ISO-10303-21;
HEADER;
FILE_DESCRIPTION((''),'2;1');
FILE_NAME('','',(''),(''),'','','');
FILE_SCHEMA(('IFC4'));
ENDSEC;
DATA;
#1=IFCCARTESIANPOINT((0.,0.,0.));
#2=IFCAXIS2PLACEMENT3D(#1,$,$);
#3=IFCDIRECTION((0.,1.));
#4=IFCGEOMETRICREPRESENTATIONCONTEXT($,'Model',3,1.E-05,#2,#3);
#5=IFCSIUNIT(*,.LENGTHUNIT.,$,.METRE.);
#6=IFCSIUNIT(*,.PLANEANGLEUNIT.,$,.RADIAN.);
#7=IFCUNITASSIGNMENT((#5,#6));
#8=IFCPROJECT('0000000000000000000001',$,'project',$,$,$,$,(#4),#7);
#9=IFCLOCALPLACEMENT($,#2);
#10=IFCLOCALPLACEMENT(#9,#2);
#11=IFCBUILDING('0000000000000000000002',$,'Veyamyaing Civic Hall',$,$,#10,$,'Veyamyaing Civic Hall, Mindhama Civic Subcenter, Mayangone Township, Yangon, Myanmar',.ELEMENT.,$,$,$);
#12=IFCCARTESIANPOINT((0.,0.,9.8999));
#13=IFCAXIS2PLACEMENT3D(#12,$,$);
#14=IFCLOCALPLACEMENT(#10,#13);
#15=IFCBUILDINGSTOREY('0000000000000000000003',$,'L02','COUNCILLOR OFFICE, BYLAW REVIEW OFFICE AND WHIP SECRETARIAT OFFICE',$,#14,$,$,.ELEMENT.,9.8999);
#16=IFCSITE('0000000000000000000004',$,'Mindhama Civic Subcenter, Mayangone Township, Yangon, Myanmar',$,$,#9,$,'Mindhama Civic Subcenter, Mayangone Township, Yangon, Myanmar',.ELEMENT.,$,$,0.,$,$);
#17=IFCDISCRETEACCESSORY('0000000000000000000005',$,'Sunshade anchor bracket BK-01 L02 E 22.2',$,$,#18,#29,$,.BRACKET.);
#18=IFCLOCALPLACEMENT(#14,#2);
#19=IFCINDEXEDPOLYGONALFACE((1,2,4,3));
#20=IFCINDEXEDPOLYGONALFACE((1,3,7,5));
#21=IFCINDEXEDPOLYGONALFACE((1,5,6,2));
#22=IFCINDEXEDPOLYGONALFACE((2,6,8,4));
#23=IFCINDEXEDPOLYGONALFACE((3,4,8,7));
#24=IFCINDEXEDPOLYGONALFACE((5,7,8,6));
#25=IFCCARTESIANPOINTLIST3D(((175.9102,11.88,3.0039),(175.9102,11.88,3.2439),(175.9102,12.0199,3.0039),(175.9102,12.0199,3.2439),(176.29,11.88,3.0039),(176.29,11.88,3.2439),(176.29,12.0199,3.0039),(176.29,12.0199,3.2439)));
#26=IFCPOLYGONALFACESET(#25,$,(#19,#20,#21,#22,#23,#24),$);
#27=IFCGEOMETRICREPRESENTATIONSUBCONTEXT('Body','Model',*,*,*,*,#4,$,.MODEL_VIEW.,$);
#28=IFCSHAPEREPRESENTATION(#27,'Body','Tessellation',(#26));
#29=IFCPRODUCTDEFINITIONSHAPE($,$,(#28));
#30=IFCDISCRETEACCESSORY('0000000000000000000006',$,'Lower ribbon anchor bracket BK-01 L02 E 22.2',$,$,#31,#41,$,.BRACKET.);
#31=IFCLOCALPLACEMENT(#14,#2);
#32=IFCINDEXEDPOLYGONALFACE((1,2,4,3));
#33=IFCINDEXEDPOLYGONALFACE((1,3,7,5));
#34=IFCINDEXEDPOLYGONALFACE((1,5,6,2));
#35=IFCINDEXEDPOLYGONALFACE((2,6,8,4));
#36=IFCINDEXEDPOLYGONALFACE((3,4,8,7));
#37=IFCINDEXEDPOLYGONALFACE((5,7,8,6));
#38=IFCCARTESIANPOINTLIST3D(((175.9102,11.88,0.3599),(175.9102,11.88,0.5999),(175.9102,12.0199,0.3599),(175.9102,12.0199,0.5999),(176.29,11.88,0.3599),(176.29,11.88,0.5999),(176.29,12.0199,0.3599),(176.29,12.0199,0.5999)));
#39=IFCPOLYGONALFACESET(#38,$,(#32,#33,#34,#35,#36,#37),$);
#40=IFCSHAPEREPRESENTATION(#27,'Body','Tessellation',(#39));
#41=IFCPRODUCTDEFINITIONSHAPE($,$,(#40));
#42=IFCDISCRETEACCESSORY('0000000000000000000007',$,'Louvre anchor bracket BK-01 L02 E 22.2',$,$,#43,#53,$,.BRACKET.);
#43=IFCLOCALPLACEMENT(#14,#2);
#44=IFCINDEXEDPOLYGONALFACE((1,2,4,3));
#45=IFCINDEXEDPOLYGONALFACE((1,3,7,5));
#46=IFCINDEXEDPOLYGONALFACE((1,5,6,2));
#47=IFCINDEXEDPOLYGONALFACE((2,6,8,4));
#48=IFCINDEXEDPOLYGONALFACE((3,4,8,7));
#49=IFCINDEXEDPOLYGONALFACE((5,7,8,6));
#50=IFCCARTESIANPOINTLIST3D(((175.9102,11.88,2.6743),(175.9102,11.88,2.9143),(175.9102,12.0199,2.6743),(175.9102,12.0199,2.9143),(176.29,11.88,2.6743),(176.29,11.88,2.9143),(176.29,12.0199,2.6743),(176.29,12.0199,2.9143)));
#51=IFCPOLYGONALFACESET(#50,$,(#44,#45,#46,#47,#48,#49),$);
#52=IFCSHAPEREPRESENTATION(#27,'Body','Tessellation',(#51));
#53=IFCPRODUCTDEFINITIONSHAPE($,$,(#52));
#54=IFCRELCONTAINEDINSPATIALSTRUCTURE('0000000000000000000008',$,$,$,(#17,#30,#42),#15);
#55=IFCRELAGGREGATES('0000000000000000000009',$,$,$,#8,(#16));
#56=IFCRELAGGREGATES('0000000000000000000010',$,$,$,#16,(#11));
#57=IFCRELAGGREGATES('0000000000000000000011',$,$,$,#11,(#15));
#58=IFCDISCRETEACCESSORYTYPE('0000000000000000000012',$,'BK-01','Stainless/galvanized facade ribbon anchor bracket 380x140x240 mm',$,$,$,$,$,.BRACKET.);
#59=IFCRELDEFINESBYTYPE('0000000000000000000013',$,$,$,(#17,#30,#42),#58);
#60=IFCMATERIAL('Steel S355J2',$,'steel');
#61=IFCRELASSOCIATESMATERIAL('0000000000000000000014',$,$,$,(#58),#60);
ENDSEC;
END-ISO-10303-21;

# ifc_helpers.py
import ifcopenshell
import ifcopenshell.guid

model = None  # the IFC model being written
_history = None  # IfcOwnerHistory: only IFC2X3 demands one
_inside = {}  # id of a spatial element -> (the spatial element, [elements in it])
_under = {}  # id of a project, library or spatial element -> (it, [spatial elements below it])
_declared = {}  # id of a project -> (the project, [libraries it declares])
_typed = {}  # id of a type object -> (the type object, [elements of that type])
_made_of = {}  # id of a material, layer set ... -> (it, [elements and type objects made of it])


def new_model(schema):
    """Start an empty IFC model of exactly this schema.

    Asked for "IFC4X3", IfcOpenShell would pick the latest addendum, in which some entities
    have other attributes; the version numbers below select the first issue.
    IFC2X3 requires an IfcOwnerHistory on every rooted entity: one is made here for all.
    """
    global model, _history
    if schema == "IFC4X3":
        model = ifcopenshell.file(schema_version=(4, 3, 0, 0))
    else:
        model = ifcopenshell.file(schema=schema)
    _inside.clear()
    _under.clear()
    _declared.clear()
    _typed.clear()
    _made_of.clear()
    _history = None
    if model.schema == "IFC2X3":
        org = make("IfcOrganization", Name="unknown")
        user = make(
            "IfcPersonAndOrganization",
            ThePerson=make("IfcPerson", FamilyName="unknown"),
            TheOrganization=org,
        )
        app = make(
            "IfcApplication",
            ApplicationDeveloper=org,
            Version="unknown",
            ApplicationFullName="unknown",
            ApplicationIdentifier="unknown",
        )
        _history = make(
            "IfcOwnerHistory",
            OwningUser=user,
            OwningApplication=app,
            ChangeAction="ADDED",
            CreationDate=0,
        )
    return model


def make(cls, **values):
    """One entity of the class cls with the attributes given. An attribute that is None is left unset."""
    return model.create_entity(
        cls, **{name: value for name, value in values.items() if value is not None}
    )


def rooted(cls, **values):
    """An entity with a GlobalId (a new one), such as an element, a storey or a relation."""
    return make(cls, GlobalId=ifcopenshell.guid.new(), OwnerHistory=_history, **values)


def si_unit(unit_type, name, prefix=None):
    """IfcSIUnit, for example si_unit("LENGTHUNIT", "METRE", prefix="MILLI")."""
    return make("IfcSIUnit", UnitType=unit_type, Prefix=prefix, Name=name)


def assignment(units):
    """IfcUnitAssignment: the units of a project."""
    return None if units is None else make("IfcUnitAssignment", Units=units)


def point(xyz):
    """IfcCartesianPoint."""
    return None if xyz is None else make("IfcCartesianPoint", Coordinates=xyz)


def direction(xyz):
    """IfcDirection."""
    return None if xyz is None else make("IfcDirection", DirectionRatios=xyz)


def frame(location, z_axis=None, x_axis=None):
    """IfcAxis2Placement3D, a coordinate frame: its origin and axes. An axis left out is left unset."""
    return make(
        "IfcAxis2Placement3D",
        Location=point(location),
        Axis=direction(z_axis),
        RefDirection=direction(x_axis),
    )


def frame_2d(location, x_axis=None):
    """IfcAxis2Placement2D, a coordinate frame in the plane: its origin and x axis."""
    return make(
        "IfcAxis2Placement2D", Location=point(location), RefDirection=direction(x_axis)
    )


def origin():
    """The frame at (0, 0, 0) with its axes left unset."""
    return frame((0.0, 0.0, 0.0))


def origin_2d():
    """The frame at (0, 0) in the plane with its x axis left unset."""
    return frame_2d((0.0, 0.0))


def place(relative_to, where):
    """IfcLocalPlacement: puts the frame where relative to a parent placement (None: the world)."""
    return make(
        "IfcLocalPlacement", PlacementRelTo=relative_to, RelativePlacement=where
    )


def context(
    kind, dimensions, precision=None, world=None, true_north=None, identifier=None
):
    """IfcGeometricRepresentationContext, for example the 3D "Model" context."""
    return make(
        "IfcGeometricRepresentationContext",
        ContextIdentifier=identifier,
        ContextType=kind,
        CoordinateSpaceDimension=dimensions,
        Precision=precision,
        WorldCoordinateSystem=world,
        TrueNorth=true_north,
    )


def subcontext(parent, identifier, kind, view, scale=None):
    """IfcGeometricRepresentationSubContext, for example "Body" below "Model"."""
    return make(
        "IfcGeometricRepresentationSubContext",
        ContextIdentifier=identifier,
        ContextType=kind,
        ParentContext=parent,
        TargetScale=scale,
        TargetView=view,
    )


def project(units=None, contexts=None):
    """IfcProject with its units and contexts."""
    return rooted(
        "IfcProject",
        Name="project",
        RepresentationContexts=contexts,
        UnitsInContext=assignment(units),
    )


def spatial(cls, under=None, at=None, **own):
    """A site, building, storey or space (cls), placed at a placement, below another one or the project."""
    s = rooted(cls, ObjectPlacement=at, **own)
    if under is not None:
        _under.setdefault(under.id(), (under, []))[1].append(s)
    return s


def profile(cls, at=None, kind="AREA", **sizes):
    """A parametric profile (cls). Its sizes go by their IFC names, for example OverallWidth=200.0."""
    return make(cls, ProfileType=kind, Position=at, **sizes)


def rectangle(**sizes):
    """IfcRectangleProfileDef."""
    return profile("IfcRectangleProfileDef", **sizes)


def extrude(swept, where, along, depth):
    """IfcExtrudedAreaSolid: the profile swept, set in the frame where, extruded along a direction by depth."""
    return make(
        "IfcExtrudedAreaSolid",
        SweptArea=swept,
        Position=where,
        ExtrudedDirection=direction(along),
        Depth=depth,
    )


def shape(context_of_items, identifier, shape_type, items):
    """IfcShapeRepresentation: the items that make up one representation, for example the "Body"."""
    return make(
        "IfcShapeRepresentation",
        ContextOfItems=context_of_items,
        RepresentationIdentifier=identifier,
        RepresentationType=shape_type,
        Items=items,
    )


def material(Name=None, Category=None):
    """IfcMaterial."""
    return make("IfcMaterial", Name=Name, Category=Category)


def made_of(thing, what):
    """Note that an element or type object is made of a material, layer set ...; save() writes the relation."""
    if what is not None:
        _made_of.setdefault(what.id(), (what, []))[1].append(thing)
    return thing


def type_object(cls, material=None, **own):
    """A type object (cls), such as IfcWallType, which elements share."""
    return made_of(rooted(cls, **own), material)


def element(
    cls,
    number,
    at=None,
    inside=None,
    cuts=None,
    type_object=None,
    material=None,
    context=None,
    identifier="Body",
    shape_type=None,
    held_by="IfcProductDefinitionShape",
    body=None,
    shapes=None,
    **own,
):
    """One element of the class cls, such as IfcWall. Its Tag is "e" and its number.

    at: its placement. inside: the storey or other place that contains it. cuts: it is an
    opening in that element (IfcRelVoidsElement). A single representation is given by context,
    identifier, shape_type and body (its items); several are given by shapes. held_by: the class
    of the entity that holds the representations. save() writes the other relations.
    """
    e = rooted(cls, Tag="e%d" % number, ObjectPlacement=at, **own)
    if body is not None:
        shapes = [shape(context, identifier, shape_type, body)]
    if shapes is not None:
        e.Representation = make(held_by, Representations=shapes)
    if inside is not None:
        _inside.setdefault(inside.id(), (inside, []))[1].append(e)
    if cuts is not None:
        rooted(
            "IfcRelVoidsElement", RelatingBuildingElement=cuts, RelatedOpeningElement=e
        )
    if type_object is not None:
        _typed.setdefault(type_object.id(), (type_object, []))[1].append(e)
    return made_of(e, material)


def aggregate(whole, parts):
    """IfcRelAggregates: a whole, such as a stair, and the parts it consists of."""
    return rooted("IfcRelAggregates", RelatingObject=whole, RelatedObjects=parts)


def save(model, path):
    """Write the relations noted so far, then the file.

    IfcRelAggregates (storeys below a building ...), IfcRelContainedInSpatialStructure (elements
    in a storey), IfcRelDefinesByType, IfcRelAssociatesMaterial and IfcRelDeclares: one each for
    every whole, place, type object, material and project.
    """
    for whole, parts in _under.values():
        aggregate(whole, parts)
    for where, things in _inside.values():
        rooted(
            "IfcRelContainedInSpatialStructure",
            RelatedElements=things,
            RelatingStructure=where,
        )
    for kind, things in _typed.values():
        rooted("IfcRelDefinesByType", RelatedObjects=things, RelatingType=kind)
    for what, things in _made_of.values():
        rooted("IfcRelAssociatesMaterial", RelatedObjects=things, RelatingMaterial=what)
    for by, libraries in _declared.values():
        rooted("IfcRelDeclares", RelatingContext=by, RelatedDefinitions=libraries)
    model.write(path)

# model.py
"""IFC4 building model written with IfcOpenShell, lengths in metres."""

from ifc_helpers import new_model, si_unit, direction, frame, origin, origin_2d, place, context, subcontext, project, spatial, rectangle, extrude, material, type_object, element, save


model = new_model("IFC4")

# Units and contexts
model_context = context("Model", 3, precision=1e-05, world=origin(), true_north=direction((0.0, 1.0)))
body_context = subcontext(model_context, "Body", "Model", "MODEL_VIEW")
ifc_project = project(units=[si_unit("LENGTHUNIT", "METRE"), si_unit("PLANEANGLEUNIT", "RADIAN")], contexts=[model_context])

# Site, building, storey
site_placement = place(None, origin())
site = spatial("IfcSite", under=ifc_project, at=site_placement, Name="Mindhama Civic Subcenter, Mayangone Township, Yangon, Myanmar", LongName="Mindhama Civic Subcenter, Mayangone Township, Yangon, Myanmar", CompositionType="ELEMENT", RefElevation=0.0)
building_placement = place(site_placement, origin())
building = spatial("IfcBuilding", under=site, at=building_placement, Name="Veyamyaing Civic Hall", LongName="Veyamyaing Civic Hall, Mindhama Civic Subcenter, Mayangone Township, Yangon, Myanmar", CompositionType="ELEMENT")
storey_placement = place(building_placement, frame((0.0, 0.0, 9.8999)))
storey = spatial("IfcBuildingStorey", under=building, at=storey_placement, Name="L02", Description="COUNCILLOR OFFICE, BYLAW REVIEW OFFICE AND WHIP SECRETARIAT OFFICE", CompositionType="ELEMENT", Elevation=9.8999)

# Discrete accessories
ifc_material_1 = material(Name="Steel S355J2", Category="steel")
discrete_accessory_type = type_object("IfcDiscreteAccessoryType", Name="BK-01", Description="Stainless/galvanized facade ribbon anchor bracket 380x140x240 mm", PredefinedType="BRACKET", material=ifc_material_1)
for number, where, z_axis, x_axis, name in (
    (1, (176.1001, 11.95, 3.0039), (0.0, 0.0, 1.0), (1.0, 0.0, 0.0), "Sunshade anchor bracket BK-01 L02 E 22.2"),
    (2, (176.1001, 11.95, 0.3599), (0.0, 0.0, 1.0), (1.0, 0.0, 0.0), "Lower ribbon anchor bracket BK-01 L02 E 22.2"),
    (3, (176.1001, 11.95, 2.6743), (0.0, 0.0, 1.0), (1.0, 0.0, 0.0), "Louvre anchor bracket BK-01 L02 E 22.2"),
):
    element("IfcDiscreteAccessory", number, at=place(storey_placement, frame(where, z_axis=z_axis, x_axis=x_axis)), inside=storey, type_object=discrete_accessory_type, Name=name, PredefinedType="BRACKET", context=body_context, shape_type="SweptSolid", body=[
        extrude(rectangle(XDim=0.3799, YDim=0.1399, at=origin_2d()), origin(), (0.0, 0.0, 1.0), 0.24),
    ])

save(model, "model.ifc")
